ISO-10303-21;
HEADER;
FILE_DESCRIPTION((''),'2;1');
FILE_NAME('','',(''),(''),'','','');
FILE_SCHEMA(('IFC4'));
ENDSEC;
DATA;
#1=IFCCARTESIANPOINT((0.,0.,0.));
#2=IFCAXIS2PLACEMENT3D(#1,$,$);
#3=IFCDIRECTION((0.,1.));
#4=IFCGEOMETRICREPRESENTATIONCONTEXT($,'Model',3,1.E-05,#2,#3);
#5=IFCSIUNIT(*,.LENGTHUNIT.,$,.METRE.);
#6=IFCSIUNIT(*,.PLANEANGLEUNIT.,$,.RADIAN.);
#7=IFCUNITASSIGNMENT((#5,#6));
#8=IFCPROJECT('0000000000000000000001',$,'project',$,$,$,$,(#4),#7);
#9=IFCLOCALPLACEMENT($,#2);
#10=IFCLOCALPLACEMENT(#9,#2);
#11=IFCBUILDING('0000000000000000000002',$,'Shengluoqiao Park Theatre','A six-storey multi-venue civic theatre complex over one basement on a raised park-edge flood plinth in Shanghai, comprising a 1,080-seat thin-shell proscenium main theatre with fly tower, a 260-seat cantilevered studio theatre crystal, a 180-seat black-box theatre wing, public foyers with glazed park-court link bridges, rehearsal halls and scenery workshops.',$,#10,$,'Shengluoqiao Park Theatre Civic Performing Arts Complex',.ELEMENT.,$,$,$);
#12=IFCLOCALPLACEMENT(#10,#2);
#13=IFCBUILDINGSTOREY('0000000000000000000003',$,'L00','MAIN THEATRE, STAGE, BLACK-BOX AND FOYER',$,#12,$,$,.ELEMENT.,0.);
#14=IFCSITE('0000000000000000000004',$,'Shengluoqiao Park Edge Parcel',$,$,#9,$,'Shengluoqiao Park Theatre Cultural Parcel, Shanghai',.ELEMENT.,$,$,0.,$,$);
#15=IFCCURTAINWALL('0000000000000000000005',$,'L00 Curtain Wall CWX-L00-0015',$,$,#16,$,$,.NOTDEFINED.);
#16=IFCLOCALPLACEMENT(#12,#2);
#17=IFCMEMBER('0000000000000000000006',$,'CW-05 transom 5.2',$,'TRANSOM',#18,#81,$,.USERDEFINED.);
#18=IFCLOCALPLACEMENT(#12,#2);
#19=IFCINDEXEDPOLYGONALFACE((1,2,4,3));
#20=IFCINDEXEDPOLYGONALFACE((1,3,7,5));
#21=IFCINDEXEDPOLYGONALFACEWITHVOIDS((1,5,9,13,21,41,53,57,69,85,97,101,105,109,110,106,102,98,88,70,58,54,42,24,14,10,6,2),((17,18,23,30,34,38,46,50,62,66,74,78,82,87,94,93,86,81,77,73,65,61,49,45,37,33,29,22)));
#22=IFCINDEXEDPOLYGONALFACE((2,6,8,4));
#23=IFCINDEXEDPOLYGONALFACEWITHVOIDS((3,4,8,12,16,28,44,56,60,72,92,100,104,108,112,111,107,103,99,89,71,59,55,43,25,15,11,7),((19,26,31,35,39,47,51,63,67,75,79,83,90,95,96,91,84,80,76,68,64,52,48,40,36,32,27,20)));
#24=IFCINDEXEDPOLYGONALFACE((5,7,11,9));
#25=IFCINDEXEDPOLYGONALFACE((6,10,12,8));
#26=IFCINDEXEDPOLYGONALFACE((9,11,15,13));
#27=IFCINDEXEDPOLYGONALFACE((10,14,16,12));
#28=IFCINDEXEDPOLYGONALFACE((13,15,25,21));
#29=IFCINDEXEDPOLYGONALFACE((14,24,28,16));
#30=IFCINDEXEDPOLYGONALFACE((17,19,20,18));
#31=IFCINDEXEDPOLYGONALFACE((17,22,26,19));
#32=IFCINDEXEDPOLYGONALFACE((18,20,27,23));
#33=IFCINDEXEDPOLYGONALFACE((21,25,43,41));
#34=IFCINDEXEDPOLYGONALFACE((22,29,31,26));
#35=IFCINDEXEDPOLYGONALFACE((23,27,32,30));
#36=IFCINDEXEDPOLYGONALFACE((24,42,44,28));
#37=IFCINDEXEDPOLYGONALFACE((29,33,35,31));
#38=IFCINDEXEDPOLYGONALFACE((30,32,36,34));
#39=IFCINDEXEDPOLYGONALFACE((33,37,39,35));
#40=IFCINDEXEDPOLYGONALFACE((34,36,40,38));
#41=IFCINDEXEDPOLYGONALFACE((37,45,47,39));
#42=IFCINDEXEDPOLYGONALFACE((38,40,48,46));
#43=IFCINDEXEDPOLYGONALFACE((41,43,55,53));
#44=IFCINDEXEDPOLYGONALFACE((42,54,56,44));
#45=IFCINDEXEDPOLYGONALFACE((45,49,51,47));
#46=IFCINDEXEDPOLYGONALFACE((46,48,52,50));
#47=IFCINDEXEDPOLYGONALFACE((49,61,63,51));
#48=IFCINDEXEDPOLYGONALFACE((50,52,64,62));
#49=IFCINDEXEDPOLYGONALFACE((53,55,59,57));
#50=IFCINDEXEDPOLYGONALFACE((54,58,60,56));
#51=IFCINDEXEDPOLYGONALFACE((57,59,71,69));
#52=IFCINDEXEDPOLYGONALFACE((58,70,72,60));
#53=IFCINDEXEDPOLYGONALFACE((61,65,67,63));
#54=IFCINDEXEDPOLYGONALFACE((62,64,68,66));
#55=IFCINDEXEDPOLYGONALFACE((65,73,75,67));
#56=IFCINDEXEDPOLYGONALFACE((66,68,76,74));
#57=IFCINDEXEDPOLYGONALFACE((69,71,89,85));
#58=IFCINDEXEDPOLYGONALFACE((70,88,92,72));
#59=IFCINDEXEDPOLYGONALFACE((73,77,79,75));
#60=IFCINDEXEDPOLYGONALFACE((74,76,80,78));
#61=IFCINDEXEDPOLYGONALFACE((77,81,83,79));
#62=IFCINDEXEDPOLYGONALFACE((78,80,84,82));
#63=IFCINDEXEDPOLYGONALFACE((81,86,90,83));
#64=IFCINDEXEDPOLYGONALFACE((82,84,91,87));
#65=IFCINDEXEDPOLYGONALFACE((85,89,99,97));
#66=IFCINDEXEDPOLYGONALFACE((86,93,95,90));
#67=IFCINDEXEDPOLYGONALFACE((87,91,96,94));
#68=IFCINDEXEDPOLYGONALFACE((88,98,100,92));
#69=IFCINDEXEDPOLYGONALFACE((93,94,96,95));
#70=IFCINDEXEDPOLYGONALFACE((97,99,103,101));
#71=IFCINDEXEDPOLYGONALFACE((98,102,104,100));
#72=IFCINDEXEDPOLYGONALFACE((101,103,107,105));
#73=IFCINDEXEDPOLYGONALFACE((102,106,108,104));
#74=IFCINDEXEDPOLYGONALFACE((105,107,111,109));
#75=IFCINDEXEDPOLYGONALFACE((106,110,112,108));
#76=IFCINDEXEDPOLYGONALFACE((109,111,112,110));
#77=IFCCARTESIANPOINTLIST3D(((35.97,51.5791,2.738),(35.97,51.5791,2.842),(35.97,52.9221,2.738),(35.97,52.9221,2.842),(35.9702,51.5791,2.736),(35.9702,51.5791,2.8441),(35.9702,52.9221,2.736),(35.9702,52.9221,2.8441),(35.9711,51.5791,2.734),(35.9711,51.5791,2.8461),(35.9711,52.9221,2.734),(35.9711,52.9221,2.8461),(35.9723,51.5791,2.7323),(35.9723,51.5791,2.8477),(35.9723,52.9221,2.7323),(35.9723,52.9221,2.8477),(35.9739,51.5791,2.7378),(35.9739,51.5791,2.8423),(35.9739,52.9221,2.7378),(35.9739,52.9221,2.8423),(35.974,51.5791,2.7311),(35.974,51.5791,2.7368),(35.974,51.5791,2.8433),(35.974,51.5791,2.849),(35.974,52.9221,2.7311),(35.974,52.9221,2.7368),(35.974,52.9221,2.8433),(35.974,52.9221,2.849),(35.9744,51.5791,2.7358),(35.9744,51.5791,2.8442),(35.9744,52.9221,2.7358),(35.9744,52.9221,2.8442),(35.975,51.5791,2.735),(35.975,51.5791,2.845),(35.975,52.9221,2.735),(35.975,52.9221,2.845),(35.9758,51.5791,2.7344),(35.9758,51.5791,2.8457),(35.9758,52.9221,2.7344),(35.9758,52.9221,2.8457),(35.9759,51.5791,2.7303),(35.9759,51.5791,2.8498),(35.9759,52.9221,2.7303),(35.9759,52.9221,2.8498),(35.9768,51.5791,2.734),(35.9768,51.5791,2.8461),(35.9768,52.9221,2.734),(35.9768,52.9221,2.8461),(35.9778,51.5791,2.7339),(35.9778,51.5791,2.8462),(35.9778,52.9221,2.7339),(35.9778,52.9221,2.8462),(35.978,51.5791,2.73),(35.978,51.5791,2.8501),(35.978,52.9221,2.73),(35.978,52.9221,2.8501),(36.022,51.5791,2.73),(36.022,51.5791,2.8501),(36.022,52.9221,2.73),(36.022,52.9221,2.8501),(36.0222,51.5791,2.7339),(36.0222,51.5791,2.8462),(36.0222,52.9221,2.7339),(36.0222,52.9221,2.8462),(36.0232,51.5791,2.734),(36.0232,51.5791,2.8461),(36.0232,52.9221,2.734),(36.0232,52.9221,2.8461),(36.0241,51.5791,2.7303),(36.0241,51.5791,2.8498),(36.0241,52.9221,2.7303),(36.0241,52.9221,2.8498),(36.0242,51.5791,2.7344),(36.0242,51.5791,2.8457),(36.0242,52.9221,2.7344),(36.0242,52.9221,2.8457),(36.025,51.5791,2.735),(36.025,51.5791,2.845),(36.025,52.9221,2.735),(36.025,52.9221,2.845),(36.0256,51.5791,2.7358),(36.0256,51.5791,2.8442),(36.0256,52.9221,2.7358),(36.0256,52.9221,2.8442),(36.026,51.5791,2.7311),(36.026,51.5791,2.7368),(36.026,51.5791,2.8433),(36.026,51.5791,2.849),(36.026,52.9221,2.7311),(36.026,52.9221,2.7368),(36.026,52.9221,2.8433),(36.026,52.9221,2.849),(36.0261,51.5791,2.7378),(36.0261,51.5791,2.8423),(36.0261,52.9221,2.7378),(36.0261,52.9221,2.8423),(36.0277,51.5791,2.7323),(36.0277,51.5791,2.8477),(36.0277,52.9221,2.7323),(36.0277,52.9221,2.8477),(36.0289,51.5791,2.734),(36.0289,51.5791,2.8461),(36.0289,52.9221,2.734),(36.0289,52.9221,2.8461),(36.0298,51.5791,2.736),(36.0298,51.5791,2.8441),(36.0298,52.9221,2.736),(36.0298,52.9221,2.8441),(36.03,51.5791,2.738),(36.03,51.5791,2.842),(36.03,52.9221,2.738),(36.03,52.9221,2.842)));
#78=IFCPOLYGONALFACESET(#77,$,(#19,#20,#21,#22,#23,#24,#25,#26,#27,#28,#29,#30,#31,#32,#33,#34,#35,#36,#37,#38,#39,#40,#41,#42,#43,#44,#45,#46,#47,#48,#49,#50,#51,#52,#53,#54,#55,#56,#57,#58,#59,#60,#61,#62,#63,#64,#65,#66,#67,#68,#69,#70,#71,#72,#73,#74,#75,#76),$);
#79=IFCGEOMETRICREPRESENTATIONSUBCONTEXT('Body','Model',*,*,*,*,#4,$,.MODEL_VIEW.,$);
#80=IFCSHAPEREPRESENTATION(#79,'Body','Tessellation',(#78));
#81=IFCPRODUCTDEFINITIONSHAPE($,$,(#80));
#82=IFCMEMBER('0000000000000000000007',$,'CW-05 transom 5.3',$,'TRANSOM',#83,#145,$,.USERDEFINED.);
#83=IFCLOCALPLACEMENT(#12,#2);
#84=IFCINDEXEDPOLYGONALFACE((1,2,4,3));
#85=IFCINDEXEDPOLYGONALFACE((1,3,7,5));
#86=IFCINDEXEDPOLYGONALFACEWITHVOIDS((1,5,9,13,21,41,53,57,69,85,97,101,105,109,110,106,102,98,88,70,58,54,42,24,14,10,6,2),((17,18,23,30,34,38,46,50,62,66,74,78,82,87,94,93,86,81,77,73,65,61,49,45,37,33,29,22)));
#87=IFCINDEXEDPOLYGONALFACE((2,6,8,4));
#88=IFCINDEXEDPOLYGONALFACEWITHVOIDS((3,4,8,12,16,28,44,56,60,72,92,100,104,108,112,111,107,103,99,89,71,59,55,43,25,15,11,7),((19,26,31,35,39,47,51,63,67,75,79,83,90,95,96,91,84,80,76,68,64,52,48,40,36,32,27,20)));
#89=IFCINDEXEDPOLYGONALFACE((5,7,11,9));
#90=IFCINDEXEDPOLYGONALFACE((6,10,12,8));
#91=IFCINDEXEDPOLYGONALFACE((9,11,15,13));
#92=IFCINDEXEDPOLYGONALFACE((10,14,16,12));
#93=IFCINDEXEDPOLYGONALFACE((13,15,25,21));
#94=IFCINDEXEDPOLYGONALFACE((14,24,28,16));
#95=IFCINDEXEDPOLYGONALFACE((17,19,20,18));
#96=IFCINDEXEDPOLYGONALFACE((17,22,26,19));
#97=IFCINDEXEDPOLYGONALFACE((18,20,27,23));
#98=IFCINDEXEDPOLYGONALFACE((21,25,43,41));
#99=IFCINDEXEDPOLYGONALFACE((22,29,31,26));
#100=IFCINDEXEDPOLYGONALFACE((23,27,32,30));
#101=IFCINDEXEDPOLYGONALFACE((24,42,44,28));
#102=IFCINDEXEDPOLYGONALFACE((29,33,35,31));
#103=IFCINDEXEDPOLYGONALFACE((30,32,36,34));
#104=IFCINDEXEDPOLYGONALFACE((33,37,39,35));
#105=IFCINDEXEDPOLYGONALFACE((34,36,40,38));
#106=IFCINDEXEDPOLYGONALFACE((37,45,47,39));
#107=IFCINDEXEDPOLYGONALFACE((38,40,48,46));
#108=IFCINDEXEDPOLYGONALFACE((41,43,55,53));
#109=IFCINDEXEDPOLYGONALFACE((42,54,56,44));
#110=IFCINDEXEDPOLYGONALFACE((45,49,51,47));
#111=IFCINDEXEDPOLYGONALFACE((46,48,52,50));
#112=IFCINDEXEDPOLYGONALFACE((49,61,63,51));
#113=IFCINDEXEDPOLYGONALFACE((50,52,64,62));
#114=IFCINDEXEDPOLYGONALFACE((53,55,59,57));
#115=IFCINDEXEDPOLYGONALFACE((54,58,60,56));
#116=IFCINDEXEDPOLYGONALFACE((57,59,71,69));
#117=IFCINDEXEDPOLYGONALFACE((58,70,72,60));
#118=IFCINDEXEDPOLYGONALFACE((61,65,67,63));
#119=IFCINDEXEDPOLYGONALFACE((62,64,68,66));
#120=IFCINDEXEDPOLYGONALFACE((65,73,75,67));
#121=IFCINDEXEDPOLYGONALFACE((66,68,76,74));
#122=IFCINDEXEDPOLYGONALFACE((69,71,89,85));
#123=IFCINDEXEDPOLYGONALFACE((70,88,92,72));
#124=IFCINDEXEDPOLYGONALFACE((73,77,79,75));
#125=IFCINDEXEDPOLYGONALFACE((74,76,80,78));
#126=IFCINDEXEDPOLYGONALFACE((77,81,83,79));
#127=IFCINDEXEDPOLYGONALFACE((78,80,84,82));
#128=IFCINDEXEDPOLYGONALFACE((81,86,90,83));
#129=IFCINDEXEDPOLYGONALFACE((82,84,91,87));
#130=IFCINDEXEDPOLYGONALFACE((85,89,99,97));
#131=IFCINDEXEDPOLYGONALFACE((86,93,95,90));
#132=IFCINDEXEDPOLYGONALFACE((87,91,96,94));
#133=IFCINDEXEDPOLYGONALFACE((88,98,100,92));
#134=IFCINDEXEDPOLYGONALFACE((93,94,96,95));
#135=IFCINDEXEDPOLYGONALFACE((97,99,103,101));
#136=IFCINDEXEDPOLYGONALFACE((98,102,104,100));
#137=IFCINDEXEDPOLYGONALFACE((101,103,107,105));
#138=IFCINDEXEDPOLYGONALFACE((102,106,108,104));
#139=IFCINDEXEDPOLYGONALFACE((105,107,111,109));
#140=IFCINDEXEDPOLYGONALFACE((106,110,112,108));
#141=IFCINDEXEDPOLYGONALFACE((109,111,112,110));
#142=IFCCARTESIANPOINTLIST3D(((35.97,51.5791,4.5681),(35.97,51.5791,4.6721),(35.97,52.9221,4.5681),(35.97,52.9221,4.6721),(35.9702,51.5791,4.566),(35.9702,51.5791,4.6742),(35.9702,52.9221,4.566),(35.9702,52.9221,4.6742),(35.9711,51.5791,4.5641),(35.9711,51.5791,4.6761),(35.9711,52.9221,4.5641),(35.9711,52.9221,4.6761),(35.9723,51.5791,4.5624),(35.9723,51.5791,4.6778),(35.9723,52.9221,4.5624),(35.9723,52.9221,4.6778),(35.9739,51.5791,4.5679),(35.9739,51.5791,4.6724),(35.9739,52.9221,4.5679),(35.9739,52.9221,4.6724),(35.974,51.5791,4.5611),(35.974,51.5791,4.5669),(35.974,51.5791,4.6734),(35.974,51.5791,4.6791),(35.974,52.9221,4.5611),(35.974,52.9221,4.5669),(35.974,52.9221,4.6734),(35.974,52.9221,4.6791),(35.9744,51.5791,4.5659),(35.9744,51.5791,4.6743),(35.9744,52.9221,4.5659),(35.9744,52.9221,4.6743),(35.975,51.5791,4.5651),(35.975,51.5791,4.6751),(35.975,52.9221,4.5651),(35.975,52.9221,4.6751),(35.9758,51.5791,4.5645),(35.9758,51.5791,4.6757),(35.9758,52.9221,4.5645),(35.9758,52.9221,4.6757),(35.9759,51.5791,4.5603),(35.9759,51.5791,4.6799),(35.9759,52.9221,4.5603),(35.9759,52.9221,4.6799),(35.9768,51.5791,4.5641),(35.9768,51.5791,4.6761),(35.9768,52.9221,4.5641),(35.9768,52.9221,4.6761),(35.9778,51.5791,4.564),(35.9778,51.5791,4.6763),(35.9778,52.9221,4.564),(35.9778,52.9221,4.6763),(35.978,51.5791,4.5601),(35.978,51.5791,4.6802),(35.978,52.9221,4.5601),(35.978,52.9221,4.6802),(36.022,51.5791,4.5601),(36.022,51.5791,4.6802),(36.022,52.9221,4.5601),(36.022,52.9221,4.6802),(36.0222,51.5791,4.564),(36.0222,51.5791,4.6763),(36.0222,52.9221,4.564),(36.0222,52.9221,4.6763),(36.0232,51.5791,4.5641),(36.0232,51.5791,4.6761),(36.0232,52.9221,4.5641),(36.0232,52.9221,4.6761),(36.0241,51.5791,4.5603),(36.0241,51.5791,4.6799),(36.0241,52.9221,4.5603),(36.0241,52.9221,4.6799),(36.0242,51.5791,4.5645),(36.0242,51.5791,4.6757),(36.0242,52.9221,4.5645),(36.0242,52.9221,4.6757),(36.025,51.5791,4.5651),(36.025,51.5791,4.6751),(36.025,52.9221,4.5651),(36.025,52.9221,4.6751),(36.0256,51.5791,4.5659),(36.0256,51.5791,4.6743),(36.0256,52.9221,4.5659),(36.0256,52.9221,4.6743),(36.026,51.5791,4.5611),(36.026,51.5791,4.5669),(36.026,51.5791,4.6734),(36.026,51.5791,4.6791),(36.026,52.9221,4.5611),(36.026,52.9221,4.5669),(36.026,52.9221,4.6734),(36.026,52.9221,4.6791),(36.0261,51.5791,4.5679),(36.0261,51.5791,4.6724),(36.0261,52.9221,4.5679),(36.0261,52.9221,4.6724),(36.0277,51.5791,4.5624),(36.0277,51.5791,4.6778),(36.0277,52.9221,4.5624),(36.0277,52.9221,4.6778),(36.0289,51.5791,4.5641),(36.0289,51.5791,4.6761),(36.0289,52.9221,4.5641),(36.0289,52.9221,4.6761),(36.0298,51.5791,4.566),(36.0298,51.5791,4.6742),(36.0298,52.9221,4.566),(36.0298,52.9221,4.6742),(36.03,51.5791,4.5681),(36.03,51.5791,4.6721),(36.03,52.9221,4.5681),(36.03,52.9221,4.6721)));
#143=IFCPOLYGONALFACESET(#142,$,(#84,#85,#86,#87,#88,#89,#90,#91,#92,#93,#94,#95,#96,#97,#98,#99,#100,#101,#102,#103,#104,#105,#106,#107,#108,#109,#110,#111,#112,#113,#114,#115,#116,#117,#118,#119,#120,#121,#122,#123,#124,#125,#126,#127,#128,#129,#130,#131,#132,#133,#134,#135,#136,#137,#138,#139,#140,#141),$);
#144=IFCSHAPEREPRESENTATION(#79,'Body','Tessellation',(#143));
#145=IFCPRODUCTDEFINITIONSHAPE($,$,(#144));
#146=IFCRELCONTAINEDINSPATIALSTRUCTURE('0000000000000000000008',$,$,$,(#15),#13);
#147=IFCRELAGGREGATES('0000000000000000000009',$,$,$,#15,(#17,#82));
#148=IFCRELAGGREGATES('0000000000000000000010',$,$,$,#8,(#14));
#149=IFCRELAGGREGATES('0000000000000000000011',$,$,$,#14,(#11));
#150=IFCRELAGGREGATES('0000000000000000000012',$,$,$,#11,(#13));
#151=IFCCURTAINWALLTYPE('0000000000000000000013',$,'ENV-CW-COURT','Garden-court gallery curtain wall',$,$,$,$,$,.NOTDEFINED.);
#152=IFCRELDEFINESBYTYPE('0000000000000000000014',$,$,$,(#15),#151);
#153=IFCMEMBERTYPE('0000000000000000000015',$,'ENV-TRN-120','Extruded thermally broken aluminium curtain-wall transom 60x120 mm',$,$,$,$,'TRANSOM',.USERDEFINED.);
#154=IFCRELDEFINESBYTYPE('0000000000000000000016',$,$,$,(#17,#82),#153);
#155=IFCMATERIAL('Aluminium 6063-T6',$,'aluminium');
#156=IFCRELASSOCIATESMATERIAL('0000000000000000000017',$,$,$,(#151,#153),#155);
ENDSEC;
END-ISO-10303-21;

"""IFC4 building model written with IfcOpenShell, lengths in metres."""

from ifc_helpers import new_model, si_unit, direction, frame, origin, origin_2d, place, context, subcontext, project, spatial, hollow_rectangle, extrude, material, material_profile, profile_set, type_object, element, aggregate, save


model = new_model("IFC4")

# Units and contexts
model_context = context("Model", 3, precision=1e-05, world=origin(), true_north=direction((0.0, 1.0)))
body_context = subcontext(model_context, "Body", "Model", "MODEL_VIEW")
ifc_project = project(units=[si_unit("LENGTHUNIT", "METRE"), si_unit("PLANEANGLEUNIT", "RADIAN")], contexts=[model_context])

# Site, building, storey
site_placement = place(None, origin())
site = spatial("IfcSite", under=ifc_project, at=site_placement, Name="Shengluoqiao Park Edge Parcel", LongName="Shengluoqiao Park Theatre Cultural Parcel, Shanghai", CompositionType="ELEMENT", RefElevation=0.0)
building_placement = place(site_placement, origin())
building = spatial("IfcBuilding", under=site, at=building_placement, Name="Shengluoqiao Park Theatre", Description="A six-storey multi-venue civic theatre complex over one basement on a raised park-edge flood plinth in Shanghai, comprising a 1,080-seat thin-shell proscenium main theatre with fly tower, a 260-seat cantilevered studio theatre crystal, a 180-seat black-box theatre wing, public foyers with glazed park-court link bridges, rehearsal halls and scenery workshops.", LongName="Shengluoqiao Park Theatre Civic Performing Arts Complex", CompositionType="ELEMENT")
storey_placement = place(building_placement, origin())
storey = spatial("IfcBuildingStorey", under=building, at=storey_placement, Name="L00", Description="MAIN THEATRE, STAGE, BLACK-BOX AND FOYER", CompositionType="ELEMENT", Elevation=0.0)

# Curtain wall
ifc_material_1 = material(Name="Aluminium 6063-T6", Category="aluminium")
curtain_wall_type_1 = type_object("IfcCurtainWallType", Name="ENV-CW-COURT", Description="Garden-court gallery curtain wall", PredefinedType="NOTDEFINED", material=ifc_material_1)
curtain_wall_1_placement = place(storey_placement, origin())
curtain_wall_1 = element("IfcCurtainWall", 1, at=curtain_wall_1_placement, inside=storey, type_object=curtain_wall_type_1, Name="L00 Curtain Wall CWX-L00-0015", PredefinedType="NOTDEFINED")

# Members
ifc_material_profile_1 = material_profile(ifc_material_1, hollow_rectangle(XDim=0.0601, YDim=0.1201, WallThickness=0.0039, InnerFilletRadius=0.0039, OuterFilletRadius=0.0081, at=origin_2d()), Name="ALU TRANSOM 120x60x4")
ifc_profile_set_1 = profile_set([ifc_material_profile_1], Name="Aluminium 6063-T6")
member_type_1 = type_object("IfcMemberType", Name="ENV-TRN-120", Description="Extruded thermally broken aluminium curtain-wall transom 60x120 mm", ElementType="TRANSOM", PredefinedType="USERDEFINED", material=ifc_profile_set_1)
member_1_placement = place(storey_placement, frame((36.0, 51.5791, 2.79), z_axis=(0.0, 1.0, 0.0), x_axis=(-1.0, 0.0, 0.0)))
member_1 = element("IfcMember", 2, at=member_1_placement, type_object=member_type_1, Name="CW-05 transom 5.2", ObjectType="TRANSOM", PredefinedType="USERDEFINED", context=body_context, shape_type="SweptSolid", body=[
    extrude(hollow_rectangle(XDim=0.0601, YDim=0.1201, WallThickness=0.0039, InnerFilletRadius=0.0039, OuterFilletRadius=0.0081, at=origin_2d()), origin(), (0.0, 0.0, 1.0), 1.343),
])
member_2_placement = place(storey_placement, frame((36.0, 51.5791, 4.6201), z_axis=(0.0, 1.0, 0.0), x_axis=(-1.0, 0.0, 0.0)))
member_2 = element("IfcMember", 3, at=member_2_placement, type_object=member_type_1, Name="CW-05 transom 5.3", ObjectType="TRANSOM", PredefinedType="USERDEFINED", context=body_context, shape_type="SweptSolid", body=[
    extrude(hollow_rectangle(XDim=0.0601, YDim=0.1201, WallThickness=0.0039, InnerFilletRadius=0.0039, OuterFilletRadius=0.0081, at=origin_2d()), origin(), (0.0, 0.0, 1.0), 1.343),
])

aggregate(curtain_wall_1, [member_1, member_2])

save(model, "model.ifc")
